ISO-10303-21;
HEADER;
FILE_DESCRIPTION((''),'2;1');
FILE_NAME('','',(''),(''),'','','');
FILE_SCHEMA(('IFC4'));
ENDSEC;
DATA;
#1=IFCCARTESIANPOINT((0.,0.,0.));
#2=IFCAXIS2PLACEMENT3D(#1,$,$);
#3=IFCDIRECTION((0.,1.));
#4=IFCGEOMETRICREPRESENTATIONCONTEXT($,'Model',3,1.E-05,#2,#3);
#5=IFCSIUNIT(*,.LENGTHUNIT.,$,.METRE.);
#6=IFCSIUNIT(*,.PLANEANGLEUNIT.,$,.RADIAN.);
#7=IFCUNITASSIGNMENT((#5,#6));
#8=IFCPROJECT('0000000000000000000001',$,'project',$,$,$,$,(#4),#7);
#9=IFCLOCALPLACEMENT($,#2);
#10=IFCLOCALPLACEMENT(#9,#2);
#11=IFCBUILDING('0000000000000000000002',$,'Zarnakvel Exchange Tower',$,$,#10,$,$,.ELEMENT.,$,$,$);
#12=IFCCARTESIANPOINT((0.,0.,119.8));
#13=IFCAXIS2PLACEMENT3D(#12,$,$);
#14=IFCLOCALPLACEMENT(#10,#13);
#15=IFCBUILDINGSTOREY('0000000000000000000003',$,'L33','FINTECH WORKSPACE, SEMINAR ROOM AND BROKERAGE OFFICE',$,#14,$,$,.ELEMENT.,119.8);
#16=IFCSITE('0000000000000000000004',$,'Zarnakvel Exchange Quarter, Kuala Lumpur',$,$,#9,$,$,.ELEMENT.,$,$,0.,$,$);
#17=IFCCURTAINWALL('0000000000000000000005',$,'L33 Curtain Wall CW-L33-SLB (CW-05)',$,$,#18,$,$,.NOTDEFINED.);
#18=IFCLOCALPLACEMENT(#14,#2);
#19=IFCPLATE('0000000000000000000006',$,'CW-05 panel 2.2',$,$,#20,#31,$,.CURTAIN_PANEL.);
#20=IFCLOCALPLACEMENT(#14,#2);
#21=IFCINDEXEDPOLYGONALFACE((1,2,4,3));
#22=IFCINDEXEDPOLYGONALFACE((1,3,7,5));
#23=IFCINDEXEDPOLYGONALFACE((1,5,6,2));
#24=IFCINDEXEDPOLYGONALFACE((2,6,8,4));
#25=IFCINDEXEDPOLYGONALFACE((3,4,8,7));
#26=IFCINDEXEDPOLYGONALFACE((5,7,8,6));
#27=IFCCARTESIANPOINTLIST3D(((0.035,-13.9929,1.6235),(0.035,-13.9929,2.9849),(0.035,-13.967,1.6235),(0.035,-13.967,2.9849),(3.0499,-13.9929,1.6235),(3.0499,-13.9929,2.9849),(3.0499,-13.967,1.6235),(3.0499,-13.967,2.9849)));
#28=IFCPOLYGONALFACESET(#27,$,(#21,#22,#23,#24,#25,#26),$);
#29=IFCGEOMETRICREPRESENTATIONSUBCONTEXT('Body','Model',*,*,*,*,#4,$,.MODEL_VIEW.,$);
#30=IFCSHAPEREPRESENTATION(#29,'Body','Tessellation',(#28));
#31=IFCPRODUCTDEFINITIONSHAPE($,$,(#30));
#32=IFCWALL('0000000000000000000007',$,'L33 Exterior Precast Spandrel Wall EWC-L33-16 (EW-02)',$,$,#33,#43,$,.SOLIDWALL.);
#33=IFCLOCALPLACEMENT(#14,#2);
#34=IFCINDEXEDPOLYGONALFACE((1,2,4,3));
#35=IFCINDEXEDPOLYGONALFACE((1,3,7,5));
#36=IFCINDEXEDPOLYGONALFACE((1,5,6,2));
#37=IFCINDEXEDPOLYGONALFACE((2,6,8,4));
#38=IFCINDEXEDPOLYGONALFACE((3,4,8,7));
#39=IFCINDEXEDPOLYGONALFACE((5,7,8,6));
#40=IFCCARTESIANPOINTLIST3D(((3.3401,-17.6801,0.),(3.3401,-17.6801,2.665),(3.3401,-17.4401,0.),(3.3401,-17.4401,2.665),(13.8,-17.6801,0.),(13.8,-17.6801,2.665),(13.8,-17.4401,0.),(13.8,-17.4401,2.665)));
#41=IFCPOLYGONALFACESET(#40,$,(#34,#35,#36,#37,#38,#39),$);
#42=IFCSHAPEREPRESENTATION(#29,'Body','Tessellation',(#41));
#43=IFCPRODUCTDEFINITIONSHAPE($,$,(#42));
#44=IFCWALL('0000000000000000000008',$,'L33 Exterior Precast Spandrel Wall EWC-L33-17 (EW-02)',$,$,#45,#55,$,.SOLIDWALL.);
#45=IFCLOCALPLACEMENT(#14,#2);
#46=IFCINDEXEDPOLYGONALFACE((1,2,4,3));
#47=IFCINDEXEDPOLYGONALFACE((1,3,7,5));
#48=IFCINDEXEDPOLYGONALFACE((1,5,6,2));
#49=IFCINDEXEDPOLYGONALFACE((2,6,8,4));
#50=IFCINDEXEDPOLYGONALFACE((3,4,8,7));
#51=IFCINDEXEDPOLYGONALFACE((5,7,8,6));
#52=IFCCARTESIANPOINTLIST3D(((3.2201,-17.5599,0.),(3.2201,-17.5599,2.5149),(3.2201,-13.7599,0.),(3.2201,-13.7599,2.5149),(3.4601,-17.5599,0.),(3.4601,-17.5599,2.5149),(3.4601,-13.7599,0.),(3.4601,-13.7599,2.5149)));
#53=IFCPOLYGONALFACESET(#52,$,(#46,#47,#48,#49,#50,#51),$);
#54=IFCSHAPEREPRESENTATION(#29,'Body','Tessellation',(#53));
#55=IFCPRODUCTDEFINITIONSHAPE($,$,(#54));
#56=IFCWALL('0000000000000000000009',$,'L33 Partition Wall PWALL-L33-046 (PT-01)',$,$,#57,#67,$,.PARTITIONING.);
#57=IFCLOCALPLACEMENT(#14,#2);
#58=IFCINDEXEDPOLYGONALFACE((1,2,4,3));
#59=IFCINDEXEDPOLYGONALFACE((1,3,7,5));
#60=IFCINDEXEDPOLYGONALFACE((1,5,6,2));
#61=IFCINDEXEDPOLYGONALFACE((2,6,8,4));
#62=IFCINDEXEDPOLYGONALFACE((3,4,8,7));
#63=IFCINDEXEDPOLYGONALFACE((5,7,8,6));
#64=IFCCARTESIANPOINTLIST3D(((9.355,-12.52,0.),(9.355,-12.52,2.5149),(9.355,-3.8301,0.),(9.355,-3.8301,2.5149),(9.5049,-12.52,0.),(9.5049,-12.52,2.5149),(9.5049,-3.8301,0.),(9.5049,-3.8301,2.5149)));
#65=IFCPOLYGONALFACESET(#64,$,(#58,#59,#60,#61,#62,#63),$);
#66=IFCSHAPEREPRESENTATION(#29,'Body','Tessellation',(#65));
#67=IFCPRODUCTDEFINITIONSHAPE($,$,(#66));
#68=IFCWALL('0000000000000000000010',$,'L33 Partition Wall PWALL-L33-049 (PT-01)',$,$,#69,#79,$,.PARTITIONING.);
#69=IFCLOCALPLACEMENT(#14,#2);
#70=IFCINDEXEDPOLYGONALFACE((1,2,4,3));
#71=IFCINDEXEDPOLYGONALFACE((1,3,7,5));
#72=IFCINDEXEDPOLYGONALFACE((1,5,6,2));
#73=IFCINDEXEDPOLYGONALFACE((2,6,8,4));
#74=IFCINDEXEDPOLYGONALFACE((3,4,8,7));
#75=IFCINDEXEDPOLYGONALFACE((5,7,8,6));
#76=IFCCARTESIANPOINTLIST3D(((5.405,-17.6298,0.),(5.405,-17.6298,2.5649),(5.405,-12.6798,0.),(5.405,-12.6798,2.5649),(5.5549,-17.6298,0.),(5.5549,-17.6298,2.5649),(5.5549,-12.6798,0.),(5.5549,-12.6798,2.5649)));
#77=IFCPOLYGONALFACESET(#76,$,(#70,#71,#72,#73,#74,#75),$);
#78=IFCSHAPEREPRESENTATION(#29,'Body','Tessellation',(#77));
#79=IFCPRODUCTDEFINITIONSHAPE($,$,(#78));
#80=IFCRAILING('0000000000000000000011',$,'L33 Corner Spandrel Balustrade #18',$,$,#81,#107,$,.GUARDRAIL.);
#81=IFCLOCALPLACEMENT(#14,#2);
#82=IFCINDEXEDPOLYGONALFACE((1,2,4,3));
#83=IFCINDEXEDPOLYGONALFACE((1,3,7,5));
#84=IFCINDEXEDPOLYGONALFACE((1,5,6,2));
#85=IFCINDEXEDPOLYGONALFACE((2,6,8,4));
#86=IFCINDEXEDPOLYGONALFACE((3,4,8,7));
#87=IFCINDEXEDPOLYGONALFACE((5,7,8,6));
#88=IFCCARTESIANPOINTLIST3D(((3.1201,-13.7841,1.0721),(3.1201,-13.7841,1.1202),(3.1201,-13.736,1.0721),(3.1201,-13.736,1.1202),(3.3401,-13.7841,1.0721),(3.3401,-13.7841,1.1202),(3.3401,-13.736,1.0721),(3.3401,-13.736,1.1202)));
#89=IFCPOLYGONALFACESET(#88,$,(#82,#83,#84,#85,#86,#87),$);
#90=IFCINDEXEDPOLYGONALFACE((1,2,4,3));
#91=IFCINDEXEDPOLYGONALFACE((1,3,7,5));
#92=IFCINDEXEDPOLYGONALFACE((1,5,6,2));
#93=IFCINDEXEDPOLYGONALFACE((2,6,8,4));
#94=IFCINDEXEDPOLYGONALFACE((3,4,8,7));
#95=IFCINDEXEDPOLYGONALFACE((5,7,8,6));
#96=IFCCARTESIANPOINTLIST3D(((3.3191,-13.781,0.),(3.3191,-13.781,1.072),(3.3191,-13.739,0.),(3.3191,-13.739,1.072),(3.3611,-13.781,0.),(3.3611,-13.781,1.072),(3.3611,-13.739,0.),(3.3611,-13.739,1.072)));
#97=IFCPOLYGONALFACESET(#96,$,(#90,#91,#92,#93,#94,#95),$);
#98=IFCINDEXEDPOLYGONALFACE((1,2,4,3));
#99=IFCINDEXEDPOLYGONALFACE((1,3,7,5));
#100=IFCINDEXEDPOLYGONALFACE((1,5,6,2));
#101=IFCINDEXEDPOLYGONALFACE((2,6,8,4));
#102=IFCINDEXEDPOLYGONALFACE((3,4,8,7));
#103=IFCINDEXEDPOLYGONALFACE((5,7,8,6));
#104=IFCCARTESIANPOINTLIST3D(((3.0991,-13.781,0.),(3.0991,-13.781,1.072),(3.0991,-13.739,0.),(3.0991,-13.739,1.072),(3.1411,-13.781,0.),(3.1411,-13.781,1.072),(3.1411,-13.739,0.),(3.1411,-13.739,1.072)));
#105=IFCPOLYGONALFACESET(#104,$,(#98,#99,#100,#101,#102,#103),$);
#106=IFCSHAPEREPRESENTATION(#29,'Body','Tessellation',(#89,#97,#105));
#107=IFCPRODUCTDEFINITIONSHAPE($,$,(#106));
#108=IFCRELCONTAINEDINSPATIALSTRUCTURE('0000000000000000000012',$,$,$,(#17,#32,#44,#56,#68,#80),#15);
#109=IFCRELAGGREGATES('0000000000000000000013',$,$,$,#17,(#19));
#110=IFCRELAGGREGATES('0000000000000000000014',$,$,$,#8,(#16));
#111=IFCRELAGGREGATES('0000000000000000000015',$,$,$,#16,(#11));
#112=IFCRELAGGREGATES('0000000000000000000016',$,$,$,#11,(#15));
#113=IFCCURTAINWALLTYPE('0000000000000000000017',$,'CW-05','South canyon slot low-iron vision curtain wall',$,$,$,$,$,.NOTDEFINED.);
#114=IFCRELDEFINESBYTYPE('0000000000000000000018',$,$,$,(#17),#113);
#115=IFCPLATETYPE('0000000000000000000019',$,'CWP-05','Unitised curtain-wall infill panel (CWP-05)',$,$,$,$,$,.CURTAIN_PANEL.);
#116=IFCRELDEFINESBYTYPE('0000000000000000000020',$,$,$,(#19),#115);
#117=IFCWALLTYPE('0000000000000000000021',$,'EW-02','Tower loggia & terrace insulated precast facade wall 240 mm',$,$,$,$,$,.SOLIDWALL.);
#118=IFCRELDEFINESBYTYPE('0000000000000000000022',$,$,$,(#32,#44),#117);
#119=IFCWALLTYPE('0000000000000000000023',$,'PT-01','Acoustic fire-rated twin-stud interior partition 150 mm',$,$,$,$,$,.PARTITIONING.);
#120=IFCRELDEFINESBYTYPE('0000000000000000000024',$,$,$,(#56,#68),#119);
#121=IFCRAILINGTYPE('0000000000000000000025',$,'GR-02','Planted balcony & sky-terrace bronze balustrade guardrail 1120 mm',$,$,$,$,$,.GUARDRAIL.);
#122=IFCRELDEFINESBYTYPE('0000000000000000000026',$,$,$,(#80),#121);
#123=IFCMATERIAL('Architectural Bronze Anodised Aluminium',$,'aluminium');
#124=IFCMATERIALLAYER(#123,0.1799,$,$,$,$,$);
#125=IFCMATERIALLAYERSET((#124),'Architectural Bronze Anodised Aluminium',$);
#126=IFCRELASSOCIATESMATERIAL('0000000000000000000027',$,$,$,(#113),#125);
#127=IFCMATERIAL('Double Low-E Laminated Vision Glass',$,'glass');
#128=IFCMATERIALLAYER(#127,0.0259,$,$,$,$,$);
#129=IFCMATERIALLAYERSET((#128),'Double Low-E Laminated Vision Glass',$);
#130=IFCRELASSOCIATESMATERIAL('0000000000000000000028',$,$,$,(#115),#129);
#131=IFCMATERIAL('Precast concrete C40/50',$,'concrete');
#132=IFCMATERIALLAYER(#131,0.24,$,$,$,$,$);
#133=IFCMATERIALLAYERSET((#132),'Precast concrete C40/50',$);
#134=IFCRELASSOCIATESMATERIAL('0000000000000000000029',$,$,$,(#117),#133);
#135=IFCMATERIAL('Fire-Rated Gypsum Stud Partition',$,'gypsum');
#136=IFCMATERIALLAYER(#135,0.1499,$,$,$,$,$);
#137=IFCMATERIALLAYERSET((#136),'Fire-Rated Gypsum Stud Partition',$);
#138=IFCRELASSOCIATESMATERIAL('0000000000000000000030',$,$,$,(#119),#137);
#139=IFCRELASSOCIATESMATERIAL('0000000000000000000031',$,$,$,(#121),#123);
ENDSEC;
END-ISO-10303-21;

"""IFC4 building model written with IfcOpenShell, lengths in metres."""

from ifc_helpers import new_model, si_unit, direction, frame, frame_2d, origin, origin_2d, place, context, subcontext, project, spatial, rectangle, extrude, source, transform, mapped, material, layer, layer_set, type_object, element, aggregate, save


model = new_model("IFC4")

# Units and contexts
model_context = context("Model", 3, precision=1e-05, world=origin(), true_north=direction((0.0, 1.0)))
body_context = subcontext(model_context, "Body", "Model", "MODEL_VIEW")
ifc_project = project(units=[si_unit("LENGTHUNIT", "METRE"), si_unit("PLANEANGLEUNIT", "RADIAN")], contexts=[model_context])

# Site, building, storey
site_placement = place(None, origin())
site = spatial("IfcSite", under=ifc_project, at=site_placement, Name="Zarnakvel Exchange Quarter, Kuala Lumpur", CompositionType="ELEMENT", RefElevation=0.0)
building_placement = place(site_placement, origin())
building = spatial("IfcBuilding", under=site, at=building_placement, Name="Zarnakvel Exchange Tower", CompositionType="ELEMENT")
storey_placement = place(building_placement, frame((0.0, 0.0, 119.8)))
storey = spatial("IfcBuildingStorey", under=building, at=storey_placement, Name="L33", Description="FINTECH WORKSPACE, SEMINAR ROOM AND BROKERAGE OFFICE", CompositionType="ELEMENT", Elevation=119.8)

# Curtain wall
ifc_material_1 = material(Name="Architectural Bronze Anodised Aluminium", Category="aluminium")
ifc_layer_1 = layer(ifc_material_1, 0.1799)
ifc_layer_set_1 = layer_set([ifc_layer_1], Name="Architectural Bronze Anodised Aluminium")
curtain_wall_type = type_object("IfcCurtainWallType", Name="CW-05", Description="South canyon slot low-iron vision curtain wall", PredefinedType="NOTDEFINED", material=ifc_layer_set_1)
curtain_wall_1_placement = place(storey_placement, origin())
curtain_wall_1 = element("IfcCurtainWall", 1, at=curtain_wall_1_placement, inside=storey, type_object=curtain_wall_type, Name="L33 Curtain Wall CW-L33-SLB (CW-05)", PredefinedType="NOTDEFINED")

# Plate
ifc_material_2 = material(Name="Double Low-E Laminated Vision Glass", Category="glass")
ifc_layer_2 = layer(ifc_material_2, 0.0259)
ifc_layer_set_2 = layer_set([ifc_layer_2], Name="Double Low-E Laminated Vision Glass")
plate_type = type_object("IfcPlateType", Name="CWP-05", Description="Unitised curtain-wall infill panel (CWP-05)", PredefinedType="CURTAIN_PANEL", material=ifc_layer_set_2)
shared_shape_1 = source(origin(), body_context, "Body", "SweptSolid", [
    extrude(rectangle(XDim=3.0149, YDim=0.0259, at=origin_2d()), origin(), (0.0, 0.0, 1.0), 1.3613),
])
plate_1_placement = place(storey_placement, frame((1.5425, -13.98, 1.6235), z_axis=(0.0, 0.0, 1.0), x_axis=(1.0, 0.0, 0.0)))
plate_1 = element("IfcPlate", 2, at=plate_1_placement, type_object=plate_type, Name="CW-05 panel 2.2", PredefinedType="CURTAIN_PANEL", context=body_context, shape_type="MappedRepresentation", body=[
    mapped(shared_shape_1, transform((0.0, 0.0, 0.0), x_axis=(1.0, 0.0, 0.0), y_axis=(0.0, 1.0, 0.0), z_axis=(0.0, 0.0, 1.0), scale=1.0)),
])
aggregate(curtain_wall_1, [plate_1])

# Walls
ifc_material_3 = material(Name="Precast concrete C40/50", Category="concrete")
ifc_layer_3 = layer(ifc_material_3, 0.24)
ifc_layer_set_3 = layer_set([ifc_layer_3], Name="Precast concrete C40/50")
wall_type_1 = type_object("IfcWallType", Name="EW-02", Description="Tower loggia & terrace insulated precast facade wall 240 mm", PredefinedType="SOLIDWALL", material=ifc_layer_set_3)
wall_1_placement = place(storey_placement, frame((3.3401, -17.5601, 0.0), z_axis=(0.0, 0.0, 1.0), x_axis=(1.0, 0.0, 0.0)))
element("IfcWall", 3, at=wall_1_placement, inside=storey, type_object=wall_type_1, Name="L33 Exterior Precast Spandrel Wall EWC-L33-16 (EW-02)", PredefinedType="SOLIDWALL", context=body_context, shape_type="SweptSolid", body=[
    extrude(rectangle(XDim=10.46, YDim=0.24, at=frame_2d((5.23, 0.0))), origin(), (0.0, 0.0, 1.0), 2.665),
])
wall_2_placement = place(storey_placement, frame((3.3401, -13.76, 0.0), z_axis=(0.0, 0.0, 1.0), x_axis=(0.0, -1.0, 0.0)))
element("IfcWall", 4, at=wall_2_placement, inside=storey, type_object=wall_type_1, Name="L33 Exterior Precast Spandrel Wall EWC-L33-17 (EW-02)", PredefinedType="SOLIDWALL", context=body_context, shape_type="SweptSolid", body=[
    extrude(rectangle(XDim=3.8, YDim=0.24, at=frame_2d((1.8999, 0.0))), origin(), (0.0, 0.0, 1.0), 2.5149),
])
ifc_material_4 = material(Name="Fire-Rated Gypsum Stud Partition", Category="gypsum")
ifc_layer_4 = layer(ifc_material_4, 0.1499)
ifc_layer_set_4 = layer_set([ifc_layer_4], Name="Fire-Rated Gypsum Stud Partition")
wall_type_2 = type_object("IfcWallType", Name="PT-01", Description="Acoustic fire-rated twin-stud interior partition 150 mm", PredefinedType="PARTITIONING", material=ifc_layer_set_4)
wall_3_placement = place(storey_placement, frame((9.4299, -12.52, 0.0), z_axis=(0.0, 0.0, 1.0), x_axis=(0.0, 1.0, 0.0)))
element("IfcWall", 5, at=wall_3_placement, inside=storey, type_object=wall_type_2, Name="L33 Partition Wall PWALL-L33-046 (PT-01)", PredefinedType="PARTITIONING", context=body_context, shape_type="SweptSolid", body=[
    extrude(rectangle(XDim=8.6899, YDim=0.1499, at=frame_2d((4.345, 0.0))), origin(), (0.0, 0.0, 1.0), 2.5149),
])
wall_4_placement = place(storey_placement, frame((5.48, -17.6299, 0.0), z_axis=(0.0, 0.0, 1.0), x_axis=(0.0, 1.0, 0.0)))
element("IfcWall", 6, at=wall_4_placement, inside=storey, type_object=wall_type_2, Name="L33 Partition Wall PWALL-L33-049 (PT-01)", PredefinedType="PARTITIONING", context=body_context, shape_type="SweptSolid", body=[
    extrude(rectangle(XDim=4.95, YDim=0.1499, at=frame_2d((2.4751, 0.0))), origin(), (0.0, 0.0, 1.0), 2.5649),
])

# Railing
railing_type = type_object("IfcRailingType", Name="GR-02", Description="Planted balcony & sky-terrace bronze balustrade guardrail 1120 mm", PredefinedType="GUARDRAIL", material=ifc_material_1)
railing_placement = place(storey_placement, frame((3.3401, -13.76, 0.0)))
element("IfcRailing", 7, at=railing_placement, inside=storey, type_object=railing_type, Name="L33 Corner Spandrel Balustrade #18", PredefinedType="GUARDRAIL", context=body_context, shape_type="SweptSolid", body=[
    extrude(rectangle(XDim=0.0481, YDim=0.0481, at=origin_2d()), frame((0.0, 0.0, 1.0962), z_axis=(-1.0, 0.0, 0.0), x_axis=(0.0, -1.0, 0.0)), (0.0, 0.0, 1.0), 0.22),
    extrude(rectangle(XDim=0.042, YDim=0.042, at=origin_2d()), origin(), (0.0, 0.0, 1.0), 1.072),
    extrude(rectangle(XDim=0.042, YDim=0.042, at=origin_2d()), frame((-0.22, 0.0, 0.0)), (0.0, 0.0, 1.0), 1.072),
])

save(model, "model.ifc")
